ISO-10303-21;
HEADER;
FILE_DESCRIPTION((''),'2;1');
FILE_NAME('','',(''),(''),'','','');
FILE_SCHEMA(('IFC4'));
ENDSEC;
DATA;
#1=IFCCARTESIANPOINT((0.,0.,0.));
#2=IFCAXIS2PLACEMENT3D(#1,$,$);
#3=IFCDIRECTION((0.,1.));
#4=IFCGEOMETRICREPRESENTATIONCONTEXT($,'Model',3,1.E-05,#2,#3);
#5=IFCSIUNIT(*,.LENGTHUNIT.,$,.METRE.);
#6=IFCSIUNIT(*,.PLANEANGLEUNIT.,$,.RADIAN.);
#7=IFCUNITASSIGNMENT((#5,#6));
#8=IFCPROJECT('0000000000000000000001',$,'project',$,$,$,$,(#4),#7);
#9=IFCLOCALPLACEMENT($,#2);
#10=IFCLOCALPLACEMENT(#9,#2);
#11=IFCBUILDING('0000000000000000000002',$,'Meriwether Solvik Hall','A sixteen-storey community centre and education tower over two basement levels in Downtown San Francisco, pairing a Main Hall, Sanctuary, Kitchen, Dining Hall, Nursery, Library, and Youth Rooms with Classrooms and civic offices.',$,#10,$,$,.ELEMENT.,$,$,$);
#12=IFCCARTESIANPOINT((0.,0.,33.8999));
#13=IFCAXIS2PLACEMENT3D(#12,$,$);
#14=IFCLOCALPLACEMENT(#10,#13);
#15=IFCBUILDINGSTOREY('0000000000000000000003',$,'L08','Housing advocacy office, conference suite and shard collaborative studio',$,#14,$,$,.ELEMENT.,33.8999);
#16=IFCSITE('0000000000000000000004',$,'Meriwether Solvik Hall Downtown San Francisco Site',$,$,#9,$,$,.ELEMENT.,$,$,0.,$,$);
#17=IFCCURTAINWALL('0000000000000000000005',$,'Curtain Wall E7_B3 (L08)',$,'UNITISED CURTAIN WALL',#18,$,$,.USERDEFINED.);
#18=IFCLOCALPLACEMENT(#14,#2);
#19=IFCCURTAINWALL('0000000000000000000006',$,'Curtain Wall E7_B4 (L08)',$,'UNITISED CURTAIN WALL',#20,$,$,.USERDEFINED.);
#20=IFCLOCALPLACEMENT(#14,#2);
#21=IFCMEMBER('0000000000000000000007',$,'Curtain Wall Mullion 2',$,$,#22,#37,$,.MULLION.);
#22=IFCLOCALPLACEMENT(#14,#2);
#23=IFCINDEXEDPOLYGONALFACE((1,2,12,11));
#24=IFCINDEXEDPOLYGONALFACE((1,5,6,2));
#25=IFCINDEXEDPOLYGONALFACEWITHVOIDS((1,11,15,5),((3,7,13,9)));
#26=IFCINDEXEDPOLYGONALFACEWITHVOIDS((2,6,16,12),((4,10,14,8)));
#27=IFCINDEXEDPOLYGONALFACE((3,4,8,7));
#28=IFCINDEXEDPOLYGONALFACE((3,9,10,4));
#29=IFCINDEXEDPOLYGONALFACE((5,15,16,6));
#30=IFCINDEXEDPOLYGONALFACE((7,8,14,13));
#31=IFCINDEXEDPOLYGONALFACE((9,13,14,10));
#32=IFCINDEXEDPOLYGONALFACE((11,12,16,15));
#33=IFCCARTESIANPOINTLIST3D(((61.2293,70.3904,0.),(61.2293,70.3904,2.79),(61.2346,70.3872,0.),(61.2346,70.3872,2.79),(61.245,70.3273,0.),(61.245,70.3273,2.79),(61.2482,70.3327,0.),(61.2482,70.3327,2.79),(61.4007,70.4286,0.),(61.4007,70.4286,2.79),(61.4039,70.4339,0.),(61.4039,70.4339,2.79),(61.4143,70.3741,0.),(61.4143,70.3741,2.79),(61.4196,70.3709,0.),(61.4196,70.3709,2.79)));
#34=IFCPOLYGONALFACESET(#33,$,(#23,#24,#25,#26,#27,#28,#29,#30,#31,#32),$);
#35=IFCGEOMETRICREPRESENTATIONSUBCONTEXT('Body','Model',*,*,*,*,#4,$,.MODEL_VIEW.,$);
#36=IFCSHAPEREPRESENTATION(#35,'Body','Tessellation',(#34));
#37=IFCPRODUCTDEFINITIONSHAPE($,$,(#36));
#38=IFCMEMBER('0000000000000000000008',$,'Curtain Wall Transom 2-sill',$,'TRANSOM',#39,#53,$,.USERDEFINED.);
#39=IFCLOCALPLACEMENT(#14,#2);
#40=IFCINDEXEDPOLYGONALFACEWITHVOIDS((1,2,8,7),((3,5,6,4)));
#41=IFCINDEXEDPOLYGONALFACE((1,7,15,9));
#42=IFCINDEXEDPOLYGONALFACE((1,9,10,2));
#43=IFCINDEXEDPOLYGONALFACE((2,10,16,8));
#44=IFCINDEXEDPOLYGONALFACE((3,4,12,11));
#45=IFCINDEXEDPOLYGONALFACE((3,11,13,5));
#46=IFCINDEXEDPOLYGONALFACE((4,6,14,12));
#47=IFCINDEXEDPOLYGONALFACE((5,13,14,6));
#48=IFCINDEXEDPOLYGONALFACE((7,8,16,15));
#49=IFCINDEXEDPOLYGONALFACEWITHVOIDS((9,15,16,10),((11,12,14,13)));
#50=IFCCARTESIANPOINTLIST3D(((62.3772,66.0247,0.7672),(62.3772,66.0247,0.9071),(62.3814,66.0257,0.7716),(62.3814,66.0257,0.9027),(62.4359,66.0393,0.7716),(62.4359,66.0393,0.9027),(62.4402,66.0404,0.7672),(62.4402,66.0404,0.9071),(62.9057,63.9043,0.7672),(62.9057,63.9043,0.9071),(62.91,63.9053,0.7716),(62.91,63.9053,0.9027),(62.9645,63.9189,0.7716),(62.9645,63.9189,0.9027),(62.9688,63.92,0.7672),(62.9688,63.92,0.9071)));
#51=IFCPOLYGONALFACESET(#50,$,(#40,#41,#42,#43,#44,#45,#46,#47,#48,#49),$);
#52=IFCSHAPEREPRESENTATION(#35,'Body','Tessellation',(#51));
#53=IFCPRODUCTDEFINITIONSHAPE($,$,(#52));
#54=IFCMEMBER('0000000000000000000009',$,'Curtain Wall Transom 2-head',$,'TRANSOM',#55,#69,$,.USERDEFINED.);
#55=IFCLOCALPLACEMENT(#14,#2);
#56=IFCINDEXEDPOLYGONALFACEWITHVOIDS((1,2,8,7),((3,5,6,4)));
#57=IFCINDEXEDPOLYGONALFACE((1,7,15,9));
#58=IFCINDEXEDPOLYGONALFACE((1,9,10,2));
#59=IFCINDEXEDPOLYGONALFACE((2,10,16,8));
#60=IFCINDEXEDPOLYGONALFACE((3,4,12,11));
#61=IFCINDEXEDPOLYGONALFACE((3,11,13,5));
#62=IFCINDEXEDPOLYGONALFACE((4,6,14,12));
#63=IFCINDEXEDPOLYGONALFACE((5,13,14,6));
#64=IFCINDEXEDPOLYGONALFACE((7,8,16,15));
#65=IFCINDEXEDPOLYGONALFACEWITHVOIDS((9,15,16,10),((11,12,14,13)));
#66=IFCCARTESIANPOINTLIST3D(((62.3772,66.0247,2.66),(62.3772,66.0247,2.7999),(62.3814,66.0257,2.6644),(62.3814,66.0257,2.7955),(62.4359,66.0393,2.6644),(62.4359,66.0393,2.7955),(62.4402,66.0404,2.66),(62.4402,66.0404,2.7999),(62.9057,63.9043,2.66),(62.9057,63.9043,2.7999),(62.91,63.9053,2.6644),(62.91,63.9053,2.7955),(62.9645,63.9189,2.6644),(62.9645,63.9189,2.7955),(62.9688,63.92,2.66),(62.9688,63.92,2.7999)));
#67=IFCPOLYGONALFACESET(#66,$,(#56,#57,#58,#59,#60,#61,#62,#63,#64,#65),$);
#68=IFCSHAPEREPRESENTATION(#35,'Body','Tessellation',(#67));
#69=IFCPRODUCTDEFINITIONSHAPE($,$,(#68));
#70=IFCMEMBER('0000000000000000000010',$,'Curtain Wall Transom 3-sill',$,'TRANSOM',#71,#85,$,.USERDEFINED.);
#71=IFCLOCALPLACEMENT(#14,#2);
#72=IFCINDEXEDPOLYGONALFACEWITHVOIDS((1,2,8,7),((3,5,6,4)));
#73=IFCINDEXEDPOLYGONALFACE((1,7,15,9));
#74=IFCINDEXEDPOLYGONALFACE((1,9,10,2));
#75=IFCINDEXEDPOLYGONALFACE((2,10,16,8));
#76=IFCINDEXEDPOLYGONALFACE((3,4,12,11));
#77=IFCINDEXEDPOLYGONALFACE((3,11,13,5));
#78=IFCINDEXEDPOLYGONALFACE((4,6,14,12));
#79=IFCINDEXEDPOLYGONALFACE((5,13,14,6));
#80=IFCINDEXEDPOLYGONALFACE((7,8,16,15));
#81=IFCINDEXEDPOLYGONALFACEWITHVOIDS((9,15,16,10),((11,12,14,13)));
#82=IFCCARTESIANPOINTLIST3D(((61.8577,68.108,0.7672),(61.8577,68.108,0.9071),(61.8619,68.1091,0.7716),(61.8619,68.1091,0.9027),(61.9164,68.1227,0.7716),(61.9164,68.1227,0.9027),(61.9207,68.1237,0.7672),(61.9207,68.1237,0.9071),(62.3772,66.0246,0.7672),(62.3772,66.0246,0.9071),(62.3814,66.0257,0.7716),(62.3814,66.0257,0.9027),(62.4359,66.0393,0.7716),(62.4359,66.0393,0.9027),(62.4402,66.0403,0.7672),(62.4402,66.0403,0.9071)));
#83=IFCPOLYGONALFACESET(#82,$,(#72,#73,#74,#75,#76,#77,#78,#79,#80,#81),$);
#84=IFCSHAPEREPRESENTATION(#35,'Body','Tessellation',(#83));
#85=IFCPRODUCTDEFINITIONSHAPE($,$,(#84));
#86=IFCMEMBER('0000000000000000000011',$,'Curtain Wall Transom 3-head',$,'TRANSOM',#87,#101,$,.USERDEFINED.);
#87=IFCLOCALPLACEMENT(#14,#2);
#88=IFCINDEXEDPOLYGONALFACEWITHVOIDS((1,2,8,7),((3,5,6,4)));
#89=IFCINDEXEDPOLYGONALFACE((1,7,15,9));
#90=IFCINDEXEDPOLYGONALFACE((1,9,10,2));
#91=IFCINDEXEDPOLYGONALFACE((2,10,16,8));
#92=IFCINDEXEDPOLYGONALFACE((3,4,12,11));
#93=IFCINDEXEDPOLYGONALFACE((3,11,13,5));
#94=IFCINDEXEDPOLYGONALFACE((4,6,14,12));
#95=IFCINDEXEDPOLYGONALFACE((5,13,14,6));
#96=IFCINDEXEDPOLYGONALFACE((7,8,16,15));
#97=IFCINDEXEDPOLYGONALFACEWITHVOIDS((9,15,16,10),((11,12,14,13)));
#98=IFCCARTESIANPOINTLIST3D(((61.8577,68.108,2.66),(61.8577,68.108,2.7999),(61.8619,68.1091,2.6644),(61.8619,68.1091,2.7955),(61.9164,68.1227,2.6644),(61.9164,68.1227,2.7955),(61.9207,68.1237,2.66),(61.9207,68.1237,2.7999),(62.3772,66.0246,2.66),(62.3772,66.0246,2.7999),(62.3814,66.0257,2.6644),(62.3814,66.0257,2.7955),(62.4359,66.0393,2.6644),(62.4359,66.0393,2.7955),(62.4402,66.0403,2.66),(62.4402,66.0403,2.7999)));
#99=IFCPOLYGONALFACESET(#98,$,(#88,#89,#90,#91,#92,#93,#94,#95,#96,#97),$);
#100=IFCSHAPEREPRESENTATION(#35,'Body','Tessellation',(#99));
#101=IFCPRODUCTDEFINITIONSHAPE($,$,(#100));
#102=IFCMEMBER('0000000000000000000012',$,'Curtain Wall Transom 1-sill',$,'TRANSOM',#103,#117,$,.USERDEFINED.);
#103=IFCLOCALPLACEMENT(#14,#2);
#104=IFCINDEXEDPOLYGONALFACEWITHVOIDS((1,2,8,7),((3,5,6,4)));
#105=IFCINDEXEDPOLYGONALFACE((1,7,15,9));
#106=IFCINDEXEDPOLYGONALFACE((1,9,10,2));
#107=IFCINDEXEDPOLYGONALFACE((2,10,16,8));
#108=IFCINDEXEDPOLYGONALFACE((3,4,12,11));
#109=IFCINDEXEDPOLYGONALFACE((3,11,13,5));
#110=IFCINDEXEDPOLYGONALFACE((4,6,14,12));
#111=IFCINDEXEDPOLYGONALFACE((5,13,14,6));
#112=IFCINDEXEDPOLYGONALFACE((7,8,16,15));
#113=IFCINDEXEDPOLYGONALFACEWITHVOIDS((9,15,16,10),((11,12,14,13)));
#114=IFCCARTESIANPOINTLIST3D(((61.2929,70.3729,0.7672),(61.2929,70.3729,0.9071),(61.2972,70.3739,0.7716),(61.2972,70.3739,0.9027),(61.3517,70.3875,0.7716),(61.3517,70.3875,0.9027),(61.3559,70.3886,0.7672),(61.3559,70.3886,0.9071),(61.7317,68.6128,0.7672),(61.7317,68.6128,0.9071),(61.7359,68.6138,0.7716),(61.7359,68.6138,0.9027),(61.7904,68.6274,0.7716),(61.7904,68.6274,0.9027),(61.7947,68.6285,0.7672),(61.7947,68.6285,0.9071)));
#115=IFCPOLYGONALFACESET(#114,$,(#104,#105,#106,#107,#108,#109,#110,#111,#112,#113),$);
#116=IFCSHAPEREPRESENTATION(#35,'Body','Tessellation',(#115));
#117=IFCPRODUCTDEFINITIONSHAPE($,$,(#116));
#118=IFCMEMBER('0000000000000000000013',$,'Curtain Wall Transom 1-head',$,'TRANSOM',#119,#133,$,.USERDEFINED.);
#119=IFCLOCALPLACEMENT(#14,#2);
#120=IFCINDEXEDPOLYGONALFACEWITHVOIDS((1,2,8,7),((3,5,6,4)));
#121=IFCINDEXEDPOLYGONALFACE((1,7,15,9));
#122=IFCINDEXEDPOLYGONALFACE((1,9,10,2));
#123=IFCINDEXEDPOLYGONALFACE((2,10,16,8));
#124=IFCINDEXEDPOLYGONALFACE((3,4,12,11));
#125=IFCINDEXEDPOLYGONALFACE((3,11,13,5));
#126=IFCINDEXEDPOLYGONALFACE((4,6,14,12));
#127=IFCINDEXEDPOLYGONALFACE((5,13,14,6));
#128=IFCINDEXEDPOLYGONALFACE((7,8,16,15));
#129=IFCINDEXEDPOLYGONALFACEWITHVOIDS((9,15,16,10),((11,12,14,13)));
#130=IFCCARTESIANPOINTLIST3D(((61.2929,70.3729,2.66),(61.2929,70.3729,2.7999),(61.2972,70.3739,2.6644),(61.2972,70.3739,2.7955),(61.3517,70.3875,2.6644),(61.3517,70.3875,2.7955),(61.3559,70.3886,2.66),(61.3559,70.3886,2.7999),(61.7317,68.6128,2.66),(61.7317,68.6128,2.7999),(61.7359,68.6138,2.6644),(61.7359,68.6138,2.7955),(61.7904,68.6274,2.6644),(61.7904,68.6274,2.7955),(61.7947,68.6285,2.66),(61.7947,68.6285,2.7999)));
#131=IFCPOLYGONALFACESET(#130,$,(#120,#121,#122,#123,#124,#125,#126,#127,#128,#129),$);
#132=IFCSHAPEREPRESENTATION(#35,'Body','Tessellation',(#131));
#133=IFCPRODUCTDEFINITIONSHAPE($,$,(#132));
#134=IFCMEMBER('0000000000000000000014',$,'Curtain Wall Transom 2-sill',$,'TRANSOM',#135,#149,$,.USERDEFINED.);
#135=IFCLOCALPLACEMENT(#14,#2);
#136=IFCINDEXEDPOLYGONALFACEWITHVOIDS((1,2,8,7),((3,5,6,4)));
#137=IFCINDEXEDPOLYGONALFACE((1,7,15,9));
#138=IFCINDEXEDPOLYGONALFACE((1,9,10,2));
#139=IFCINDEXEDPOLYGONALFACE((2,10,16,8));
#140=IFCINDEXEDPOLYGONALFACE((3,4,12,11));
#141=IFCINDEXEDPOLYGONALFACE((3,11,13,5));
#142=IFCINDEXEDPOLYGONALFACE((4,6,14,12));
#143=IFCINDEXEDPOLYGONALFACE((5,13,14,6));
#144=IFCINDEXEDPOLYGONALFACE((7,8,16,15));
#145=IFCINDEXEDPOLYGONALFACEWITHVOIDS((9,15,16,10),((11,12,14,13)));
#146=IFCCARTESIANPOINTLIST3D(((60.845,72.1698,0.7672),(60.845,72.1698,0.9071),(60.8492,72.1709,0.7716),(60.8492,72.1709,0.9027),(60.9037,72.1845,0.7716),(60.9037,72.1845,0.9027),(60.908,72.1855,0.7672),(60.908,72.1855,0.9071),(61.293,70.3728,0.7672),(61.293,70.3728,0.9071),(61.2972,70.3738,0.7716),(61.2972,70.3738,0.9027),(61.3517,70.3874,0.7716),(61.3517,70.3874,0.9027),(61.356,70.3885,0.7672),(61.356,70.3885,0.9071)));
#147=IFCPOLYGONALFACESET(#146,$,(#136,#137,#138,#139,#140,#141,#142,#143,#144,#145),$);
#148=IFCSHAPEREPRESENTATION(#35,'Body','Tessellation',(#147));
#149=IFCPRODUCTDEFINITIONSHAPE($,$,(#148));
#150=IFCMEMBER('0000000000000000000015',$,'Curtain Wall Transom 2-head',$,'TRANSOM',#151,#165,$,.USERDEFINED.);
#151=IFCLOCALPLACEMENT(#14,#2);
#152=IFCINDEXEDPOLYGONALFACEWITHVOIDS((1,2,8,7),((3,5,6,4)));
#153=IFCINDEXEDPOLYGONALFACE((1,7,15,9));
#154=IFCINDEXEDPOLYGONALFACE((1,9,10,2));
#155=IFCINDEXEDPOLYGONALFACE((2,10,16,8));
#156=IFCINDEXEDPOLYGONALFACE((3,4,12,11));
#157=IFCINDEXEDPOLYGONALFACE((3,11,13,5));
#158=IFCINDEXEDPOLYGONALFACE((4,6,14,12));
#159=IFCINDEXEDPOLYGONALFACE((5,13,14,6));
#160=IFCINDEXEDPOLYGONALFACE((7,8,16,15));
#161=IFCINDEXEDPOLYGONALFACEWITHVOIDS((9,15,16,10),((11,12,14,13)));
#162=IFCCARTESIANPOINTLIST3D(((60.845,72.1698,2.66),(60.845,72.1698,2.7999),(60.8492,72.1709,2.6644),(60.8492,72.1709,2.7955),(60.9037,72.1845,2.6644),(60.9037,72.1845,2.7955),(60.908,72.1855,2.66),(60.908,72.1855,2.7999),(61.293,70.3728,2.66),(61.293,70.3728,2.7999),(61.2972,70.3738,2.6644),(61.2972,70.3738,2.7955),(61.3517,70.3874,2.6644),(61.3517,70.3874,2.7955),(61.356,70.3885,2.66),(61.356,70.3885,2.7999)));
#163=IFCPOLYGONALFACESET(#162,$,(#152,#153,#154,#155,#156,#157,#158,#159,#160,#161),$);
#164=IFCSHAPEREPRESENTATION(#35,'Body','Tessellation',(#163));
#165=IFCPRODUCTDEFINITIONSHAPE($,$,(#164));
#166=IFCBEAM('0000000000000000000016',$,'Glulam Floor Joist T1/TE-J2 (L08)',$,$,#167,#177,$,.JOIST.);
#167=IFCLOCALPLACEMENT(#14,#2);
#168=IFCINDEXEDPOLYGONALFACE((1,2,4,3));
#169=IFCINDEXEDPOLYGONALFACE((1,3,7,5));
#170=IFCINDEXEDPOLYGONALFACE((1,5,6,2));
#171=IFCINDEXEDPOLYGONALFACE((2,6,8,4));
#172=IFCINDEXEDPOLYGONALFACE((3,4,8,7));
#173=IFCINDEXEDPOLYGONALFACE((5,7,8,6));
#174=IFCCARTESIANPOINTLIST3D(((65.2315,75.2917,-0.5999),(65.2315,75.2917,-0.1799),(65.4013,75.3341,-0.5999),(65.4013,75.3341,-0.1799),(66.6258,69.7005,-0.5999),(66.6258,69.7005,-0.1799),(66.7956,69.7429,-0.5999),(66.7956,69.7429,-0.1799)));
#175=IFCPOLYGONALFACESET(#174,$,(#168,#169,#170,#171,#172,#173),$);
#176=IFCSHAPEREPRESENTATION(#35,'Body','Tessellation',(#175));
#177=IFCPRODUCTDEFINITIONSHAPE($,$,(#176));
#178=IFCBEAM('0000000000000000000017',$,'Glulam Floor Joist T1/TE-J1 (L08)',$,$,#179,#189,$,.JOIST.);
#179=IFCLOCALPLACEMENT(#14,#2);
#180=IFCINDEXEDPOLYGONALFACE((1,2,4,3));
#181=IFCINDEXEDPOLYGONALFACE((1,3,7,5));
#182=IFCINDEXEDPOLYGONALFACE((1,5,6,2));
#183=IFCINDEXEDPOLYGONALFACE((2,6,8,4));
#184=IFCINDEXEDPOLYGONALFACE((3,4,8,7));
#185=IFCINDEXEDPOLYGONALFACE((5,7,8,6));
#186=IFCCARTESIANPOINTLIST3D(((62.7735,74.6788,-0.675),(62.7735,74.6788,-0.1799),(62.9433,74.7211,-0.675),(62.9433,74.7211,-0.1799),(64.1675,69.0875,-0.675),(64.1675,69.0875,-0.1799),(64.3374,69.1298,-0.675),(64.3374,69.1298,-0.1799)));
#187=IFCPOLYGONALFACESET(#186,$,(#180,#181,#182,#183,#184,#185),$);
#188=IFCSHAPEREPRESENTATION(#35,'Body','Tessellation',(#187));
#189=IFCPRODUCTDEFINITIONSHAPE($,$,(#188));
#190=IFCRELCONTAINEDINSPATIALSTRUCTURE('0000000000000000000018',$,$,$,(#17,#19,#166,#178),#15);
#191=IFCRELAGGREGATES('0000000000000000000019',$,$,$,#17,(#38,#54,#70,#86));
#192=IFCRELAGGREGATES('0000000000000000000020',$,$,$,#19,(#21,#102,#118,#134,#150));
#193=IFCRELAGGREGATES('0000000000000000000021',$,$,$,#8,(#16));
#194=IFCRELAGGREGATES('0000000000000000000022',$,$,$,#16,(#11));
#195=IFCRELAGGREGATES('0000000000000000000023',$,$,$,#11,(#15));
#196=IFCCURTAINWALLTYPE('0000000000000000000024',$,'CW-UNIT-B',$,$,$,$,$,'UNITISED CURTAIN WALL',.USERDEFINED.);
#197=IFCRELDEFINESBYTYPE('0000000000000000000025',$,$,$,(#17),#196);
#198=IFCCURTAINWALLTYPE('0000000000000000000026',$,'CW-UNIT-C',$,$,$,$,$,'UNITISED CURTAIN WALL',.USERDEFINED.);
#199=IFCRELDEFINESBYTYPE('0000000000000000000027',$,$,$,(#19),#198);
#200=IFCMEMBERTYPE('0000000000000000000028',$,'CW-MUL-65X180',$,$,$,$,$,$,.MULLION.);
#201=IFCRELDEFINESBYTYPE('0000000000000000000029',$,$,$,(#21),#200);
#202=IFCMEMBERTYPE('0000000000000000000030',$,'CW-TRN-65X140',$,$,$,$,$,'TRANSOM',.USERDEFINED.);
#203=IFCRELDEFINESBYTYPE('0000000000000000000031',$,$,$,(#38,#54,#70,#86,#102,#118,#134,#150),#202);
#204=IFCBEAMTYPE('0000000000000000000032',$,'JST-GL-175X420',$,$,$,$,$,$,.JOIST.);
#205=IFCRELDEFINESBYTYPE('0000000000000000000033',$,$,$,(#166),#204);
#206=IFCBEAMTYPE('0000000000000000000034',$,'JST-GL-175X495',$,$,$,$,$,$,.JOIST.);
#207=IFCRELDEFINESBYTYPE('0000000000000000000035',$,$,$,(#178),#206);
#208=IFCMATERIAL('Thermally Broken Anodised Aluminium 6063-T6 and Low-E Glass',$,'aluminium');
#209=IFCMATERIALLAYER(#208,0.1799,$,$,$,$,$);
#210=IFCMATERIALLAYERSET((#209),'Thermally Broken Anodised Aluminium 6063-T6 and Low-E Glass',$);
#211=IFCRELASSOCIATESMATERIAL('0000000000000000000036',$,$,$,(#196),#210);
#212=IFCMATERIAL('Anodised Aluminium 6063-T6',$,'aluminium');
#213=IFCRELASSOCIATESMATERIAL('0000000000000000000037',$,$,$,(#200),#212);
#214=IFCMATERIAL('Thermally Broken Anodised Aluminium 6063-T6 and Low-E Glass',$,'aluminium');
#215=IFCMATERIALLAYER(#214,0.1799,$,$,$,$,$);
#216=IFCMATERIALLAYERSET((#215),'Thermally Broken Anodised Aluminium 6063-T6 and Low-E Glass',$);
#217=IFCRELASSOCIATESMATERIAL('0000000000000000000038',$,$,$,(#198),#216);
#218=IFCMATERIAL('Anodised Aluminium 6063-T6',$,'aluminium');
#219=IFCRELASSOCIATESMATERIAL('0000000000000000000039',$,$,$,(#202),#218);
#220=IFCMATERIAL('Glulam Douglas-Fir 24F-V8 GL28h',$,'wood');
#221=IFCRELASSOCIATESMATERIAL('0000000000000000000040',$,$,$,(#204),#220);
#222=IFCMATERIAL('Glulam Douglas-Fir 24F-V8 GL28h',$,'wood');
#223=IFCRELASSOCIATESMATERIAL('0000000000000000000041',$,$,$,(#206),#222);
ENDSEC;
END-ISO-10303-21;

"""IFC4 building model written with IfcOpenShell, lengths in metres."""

from ifc_helpers import new_model, si_unit, direction, frame, origin, origin_2d, place, context, subcontext, project, spatial, rectangle, hollow_rectangle, extrude, material, layer, layer_set, material_profile, profile_set, type_object, element, aggregate, save


model = new_model("IFC4")

# Units and contexts
model_context = context("Model", 3, precision=1e-05, world=origin(), true_north=direction((0.0, 1.0)))
body_context = subcontext(model_context, "Body", "Model", "MODEL_VIEW")
ifc_project = project(units=[si_unit("LENGTHUNIT", "METRE"), si_unit("PLANEANGLEUNIT", "RADIAN")], contexts=[model_context])

# Site, building, storey
site_placement = place(None, origin())
site = spatial("IfcSite", under=ifc_project, at=site_placement, Name="Meriwether Solvik Hall Downtown San Francisco Site", CompositionType="ELEMENT", RefElevation=0.0)
building_placement = place(site_placement, origin())
building = spatial("IfcBuilding", under=site, at=building_placement, Name="Meriwether Solvik Hall", Description="A sixteen-storey community centre and education tower over two basement levels in Downtown San Francisco, pairing a Main Hall, Sanctuary, Kitchen, Dining Hall, Nursery, Library, and Youth Rooms with Classrooms and civic offices.", CompositionType="ELEMENT")
storey_placement = place(building_placement, frame((0.0, 0.0, 33.8999)))
storey = spatial("IfcBuildingStorey", under=building, at=storey_placement, Name="L08", Description="Housing advocacy office, conference suite and shard collaborative studio", CompositionType="ELEMENT", Elevation=33.8999)

# Curtain walls, member
ifc_material_1 = material(Name="Thermally Broken Anodised Aluminium 6063-T6 and Low-E Glass", Category="aluminium")
ifc_layer_1 = layer(ifc_material_1, 0.1799)
ifc_layer_set_1 = layer_set([ifc_layer_1], Name="Thermally Broken Anodised Aluminium 6063-T6 and Low-E Glass")
curtain_wall_type_1 = type_object("IfcCurtainWallType", Name="CW-UNIT-B", ElementType="UNITISED CURTAIN WALL", PredefinedType="USERDEFINED", material=ifc_layer_set_1)
curtain_wall_1_placement = place(storey_placement, origin())
curtain_wall_1 = element("IfcCurtainWall", 1, at=curtain_wall_1_placement, inside=storey, type_object=curtain_wall_type_1, Name="Curtain Wall E7_B3 (L08)", ObjectType="UNITISED CURTAIN WALL", PredefinedType="USERDEFINED")
ifc_material_2 = material(Name="Anodised Aluminium 6063-T6", Category="aluminium")
ifc_material_profile_1 = material_profile(ifc_material_2, hollow_rectangle(XDim=0.0649, YDim=0.1799, WallThickness=0.0044, at=origin_2d()), Name="CWM-65X180")
ifc_profile_set_1 = profile_set([ifc_material_profile_1], Name="Anodised Aluminium 6063-T6")
member_type_1 = type_object("IfcMemberType", Name="CW-MUL-65X180", PredefinedType="MULLION", material=ifc_profile_set_1)
ifc_material_3 = material(Name="Thermally Broken Anodised Aluminium 6063-T6 and Low-E Glass", Category="aluminium")
ifc_layer_2 = layer(ifc_material_3, 0.1799)
ifc_layer_set_2 = layer_set([ifc_layer_2], Name="Thermally Broken Anodised Aluminium 6063-T6 and Low-E Glass")
curtain_wall_type_2 = type_object("IfcCurtainWallType", Name="CW-UNIT-C", ElementType="UNITISED CURTAIN WALL", PredefinedType="USERDEFINED", material=ifc_layer_set_2)
curtain_wall_2_placement = place(storey_placement, origin())
curtain_wall_2 = element("IfcCurtainWall", 2, at=curtain_wall_2_placement, inside=storey, type_object=curtain_wall_type_2, Name="Curtain Wall E7_B4 (L08)", ObjectType="UNITISED CURTAIN WALL", PredefinedType="USERDEFINED")
member_1_placement = place(storey_placement, frame((61.3245, 70.3806, 0.0), z_axis=(0.0, 0.0, 1.0), x_axis=(-0.241922, 0.970296, 0.0)))
member_1 = element("IfcMember", 3, at=member_1_placement, type_object=member_type_1, Name="Curtain Wall Mullion 2", PredefinedType="MULLION", context=body_context, shape_type="SweptSolid", body=[
    extrude(hollow_rectangle(XDim=0.0649, YDim=0.1799, WallThickness=0.0044, at=origin_2d()), origin(), (0.0, 0.0, 1.0), 2.79),
])

# Members
ifc_material_4 = material(Name="Anodised Aluminium 6063-T6", Category="aluminium")
ifc_material_profile_2 = material_profile(ifc_material_4, hollow_rectangle(XDim=0.0649, YDim=0.1399, WallThickness=0.0044, at=origin_2d()), Name="CWT-65X140")
ifc_profile_set_2 = profile_set([ifc_material_profile_2], Name="Anodised Aluminium 6063-T6")
member_type_2 = type_object("IfcMemberType", Name="CW-TRN-65X140", ElementType="TRANSOM", PredefinedType="USERDEFINED", material=ifc_profile_set_2)
member_2_placement = place(storey_placement, frame((62.9373, 63.9121, 0.8372), z_axis=(-0.241878, 0.970307, 0.0), x_axis=(-0.970307, -0.241878, 0.0)))
member_2 = element("IfcMember", 4, at=member_2_placement, type_object=member_type_2, Name="Curtain Wall Transom 2-sill", ObjectType="TRANSOM", PredefinedType="USERDEFINED", context=body_context, shape_type="SweptSolid", body=[
    extrude(hollow_rectangle(XDim=0.0649, YDim=0.1399, WallThickness=0.0044, at=origin_2d()), origin(), (0.0, 0.0, 1.0), 2.1853),
])
member_3_placement = place(storey_placement, frame((62.9373, 63.9121, 2.73), z_axis=(-0.241878, 0.970307, 0.0), x_axis=(-0.970307, -0.241878, 0.0)))
member_3 = element("IfcMember", 5, at=member_3_placement, type_object=member_type_2, Name="Curtain Wall Transom 2-head", ObjectType="TRANSOM", PredefinedType="USERDEFINED", context=body_context, shape_type="SweptSolid", body=[
    extrude(hollow_rectangle(XDim=0.0649, YDim=0.1399, WallThickness=0.0044, at=origin_2d()), origin(), (0.0, 0.0, 1.0), 2.1853),
])
member_4_placement = place(storey_placement, frame((62.4087, 66.0325, 0.8372), z_axis=(-0.241947, 0.970289, 0.0), x_axis=(-0.970289, -0.241947, 0.0)))
member_4 = element("IfcMember", 6, at=member_4_placement, type_object=member_type_2, Name="Curtain Wall Transom 3-sill", ObjectType="TRANSOM", PredefinedType="USERDEFINED", context=body_context, shape_type="SweptSolid", body=[
    extrude(hollow_rectangle(XDim=0.0649, YDim=0.1399, WallThickness=0.0044, at=origin_2d()), origin(), (0.0, 0.0, 1.0), 2.1472),
])
member_5_placement = place(storey_placement, frame((62.4087, 66.0325, 2.73), z_axis=(-0.241947, 0.970289, 0.0), x_axis=(-0.970289, -0.241947, 0.0)))
member_5 = element("IfcMember", 7, at=member_5_placement, type_object=member_type_2, Name="Curtain Wall Transom 3-head", ObjectType="TRANSOM", PredefinedType="USERDEFINED", context=body_context, shape_type="SweptSolid", body=[
    extrude(hollow_rectangle(XDim=0.0649, YDim=0.1399, WallThickness=0.0044, at=origin_2d()), origin(), (0.0, 0.0, 1.0), 2.1472),
])
member_6_placement = place(storey_placement, frame((61.7632, 68.6206, 0.8372), z_axis=(-0.241871, 0.970309, 0.0), x_axis=(-0.970309, -0.241871, 0.0)))
member_6 = element("IfcMember", 8, at=member_6_placement, type_object=member_type_2, Name="Curtain Wall Transom 1-sill", ObjectType="TRANSOM", PredefinedType="USERDEFINED", context=body_context, shape_type="SweptSolid", body=[
    extrude(hollow_rectangle(XDim=0.0649, YDim=0.1399, WallThickness=0.0044, at=origin_2d()), origin(), (0.0, 0.0, 1.0), 1.814),
])
member_7_placement = place(storey_placement, frame((61.7632, 68.6206, 2.73), z_axis=(-0.241871, 0.970309, 0.0), x_axis=(-0.970309, -0.241871, 0.0)))
member_7 = element("IfcMember", 9, at=member_7_placement, type_object=member_type_2, Name="Curtain Wall Transom 1-head", ObjectType="TRANSOM", PredefinedType="USERDEFINED", context=body_context, shape_type="SweptSolid", body=[
    extrude(hollow_rectangle(XDim=0.0649, YDim=0.1399, WallThickness=0.0044, at=origin_2d()), origin(), (0.0, 0.0, 1.0), 1.814),
])
member_8_placement = place(storey_placement, frame((61.3245, 70.3806, 0.8372), z_axis=(-0.241884, 0.970305, 0.0), x_axis=(-0.970305, -0.241884, 0.0)))
member_8 = element("IfcMember", 10, at=member_8_placement, type_object=member_type_2, Name="Curtain Wall Transom 2-sill", ObjectType="TRANSOM", PredefinedType="USERDEFINED", context=body_context, shape_type="SweptSolid", body=[
    extrude(hollow_rectangle(XDim=0.0649, YDim=0.1399, WallThickness=0.0044, at=origin_2d()), origin(), (0.0, 0.0, 1.0), 1.8521),
])
member_9_placement = place(storey_placement, frame((61.3245, 70.3806, 2.73), z_axis=(-0.241884, 0.970305, 0.0), x_axis=(-0.970305, -0.241884, 0.0)))
member_9 = element("IfcMember", 11, at=member_9_placement, type_object=member_type_2, Name="Curtain Wall Transom 2-head", ObjectType="TRANSOM", PredefinedType="USERDEFINED", context=body_context, shape_type="SweptSolid", body=[
    extrude(hollow_rectangle(XDim=0.0649, YDim=0.1399, WallThickness=0.0044, at=origin_2d()), origin(), (0.0, 0.0, 1.0), 1.8521),
])

# Beams
ifc_material_5 = material(Name="Glulam Douglas-Fir 24F-V8 GL28h", Category="wood")
ifc_material_profile_3 = material_profile(ifc_material_5, rectangle(XDim=0.175, YDim=0.4199, at=origin_2d()), Name="GLJ-175X420")
ifc_profile_set_3 = profile_set([ifc_material_profile_3], Name="Glulam Douglas-Fir 24F-V8 GL28h")
beam_type_1 = type_object("IfcBeamType", Name="JST-GL-175X420", PredefinedType="JOIST", material=ifc_profile_set_3)
beam_1_placement = place(storey_placement, frame((66.7107, 69.7217, -0.3899), z_axis=(-0.241957, 0.970287, 0.0), x_axis=(-0.970287, -0.241957, 0.0)))
element("IfcBeam", 12, at=beam_1_placement, inside=storey, type_object=beam_type_1, Name="Glulam Floor Joist T1/TE-J2 (L08)", PredefinedType="JOIST", context=body_context, shape_type="SweptSolid", body=[
    extrude(rectangle(XDim=0.175, YDim=0.4199, at=origin_2d()), origin(), (0.0, 0.0, 1.0), 5.7625),
])
ifc_material_6 = material(Name="Glulam Douglas-Fir 24F-V8 GL28h", Category="wood")
ifc_material_profile_4 = material_profile(ifc_material_6, rectangle(XDim=0.175, YDim=0.4951, at=origin_2d()), Name="GLJ-175X495")
ifc_profile_set_4 = profile_set([ifc_material_profile_4], Name="Glulam Douglas-Fir 24F-V8 GL28h")
beam_type_2 = type_object("IfcBeamType", Name="JST-GL-175X495", PredefinedType="JOIST", material=ifc_profile_set_4)
beam_2_placement = place(storey_placement, frame((64.2524, 69.1086, -0.4275), z_axis=(-0.241918, 0.970297, 0.0), x_axis=(-0.970297, -0.241918, 0.0)))
element("IfcBeam", 13, at=beam_2_placement, inside=storey, type_object=beam_type_2, Name="Glulam Floor Joist T1/TE-J1 (L08)", PredefinedType="JOIST", context=body_context, shape_type="SweptSolid", body=[
    extrude(rectangle(XDim=0.175, YDim=0.4951, at=origin_2d()), origin(), (0.0, 0.0, 1.0), 5.7625),
])

aggregate(curtain_wall_1, [member_2, member_3, member_4, member_5])
aggregate(curtain_wall_2, [member_1, member_6, member_7, member_8, member_9])

save(model, "model.ifc")
